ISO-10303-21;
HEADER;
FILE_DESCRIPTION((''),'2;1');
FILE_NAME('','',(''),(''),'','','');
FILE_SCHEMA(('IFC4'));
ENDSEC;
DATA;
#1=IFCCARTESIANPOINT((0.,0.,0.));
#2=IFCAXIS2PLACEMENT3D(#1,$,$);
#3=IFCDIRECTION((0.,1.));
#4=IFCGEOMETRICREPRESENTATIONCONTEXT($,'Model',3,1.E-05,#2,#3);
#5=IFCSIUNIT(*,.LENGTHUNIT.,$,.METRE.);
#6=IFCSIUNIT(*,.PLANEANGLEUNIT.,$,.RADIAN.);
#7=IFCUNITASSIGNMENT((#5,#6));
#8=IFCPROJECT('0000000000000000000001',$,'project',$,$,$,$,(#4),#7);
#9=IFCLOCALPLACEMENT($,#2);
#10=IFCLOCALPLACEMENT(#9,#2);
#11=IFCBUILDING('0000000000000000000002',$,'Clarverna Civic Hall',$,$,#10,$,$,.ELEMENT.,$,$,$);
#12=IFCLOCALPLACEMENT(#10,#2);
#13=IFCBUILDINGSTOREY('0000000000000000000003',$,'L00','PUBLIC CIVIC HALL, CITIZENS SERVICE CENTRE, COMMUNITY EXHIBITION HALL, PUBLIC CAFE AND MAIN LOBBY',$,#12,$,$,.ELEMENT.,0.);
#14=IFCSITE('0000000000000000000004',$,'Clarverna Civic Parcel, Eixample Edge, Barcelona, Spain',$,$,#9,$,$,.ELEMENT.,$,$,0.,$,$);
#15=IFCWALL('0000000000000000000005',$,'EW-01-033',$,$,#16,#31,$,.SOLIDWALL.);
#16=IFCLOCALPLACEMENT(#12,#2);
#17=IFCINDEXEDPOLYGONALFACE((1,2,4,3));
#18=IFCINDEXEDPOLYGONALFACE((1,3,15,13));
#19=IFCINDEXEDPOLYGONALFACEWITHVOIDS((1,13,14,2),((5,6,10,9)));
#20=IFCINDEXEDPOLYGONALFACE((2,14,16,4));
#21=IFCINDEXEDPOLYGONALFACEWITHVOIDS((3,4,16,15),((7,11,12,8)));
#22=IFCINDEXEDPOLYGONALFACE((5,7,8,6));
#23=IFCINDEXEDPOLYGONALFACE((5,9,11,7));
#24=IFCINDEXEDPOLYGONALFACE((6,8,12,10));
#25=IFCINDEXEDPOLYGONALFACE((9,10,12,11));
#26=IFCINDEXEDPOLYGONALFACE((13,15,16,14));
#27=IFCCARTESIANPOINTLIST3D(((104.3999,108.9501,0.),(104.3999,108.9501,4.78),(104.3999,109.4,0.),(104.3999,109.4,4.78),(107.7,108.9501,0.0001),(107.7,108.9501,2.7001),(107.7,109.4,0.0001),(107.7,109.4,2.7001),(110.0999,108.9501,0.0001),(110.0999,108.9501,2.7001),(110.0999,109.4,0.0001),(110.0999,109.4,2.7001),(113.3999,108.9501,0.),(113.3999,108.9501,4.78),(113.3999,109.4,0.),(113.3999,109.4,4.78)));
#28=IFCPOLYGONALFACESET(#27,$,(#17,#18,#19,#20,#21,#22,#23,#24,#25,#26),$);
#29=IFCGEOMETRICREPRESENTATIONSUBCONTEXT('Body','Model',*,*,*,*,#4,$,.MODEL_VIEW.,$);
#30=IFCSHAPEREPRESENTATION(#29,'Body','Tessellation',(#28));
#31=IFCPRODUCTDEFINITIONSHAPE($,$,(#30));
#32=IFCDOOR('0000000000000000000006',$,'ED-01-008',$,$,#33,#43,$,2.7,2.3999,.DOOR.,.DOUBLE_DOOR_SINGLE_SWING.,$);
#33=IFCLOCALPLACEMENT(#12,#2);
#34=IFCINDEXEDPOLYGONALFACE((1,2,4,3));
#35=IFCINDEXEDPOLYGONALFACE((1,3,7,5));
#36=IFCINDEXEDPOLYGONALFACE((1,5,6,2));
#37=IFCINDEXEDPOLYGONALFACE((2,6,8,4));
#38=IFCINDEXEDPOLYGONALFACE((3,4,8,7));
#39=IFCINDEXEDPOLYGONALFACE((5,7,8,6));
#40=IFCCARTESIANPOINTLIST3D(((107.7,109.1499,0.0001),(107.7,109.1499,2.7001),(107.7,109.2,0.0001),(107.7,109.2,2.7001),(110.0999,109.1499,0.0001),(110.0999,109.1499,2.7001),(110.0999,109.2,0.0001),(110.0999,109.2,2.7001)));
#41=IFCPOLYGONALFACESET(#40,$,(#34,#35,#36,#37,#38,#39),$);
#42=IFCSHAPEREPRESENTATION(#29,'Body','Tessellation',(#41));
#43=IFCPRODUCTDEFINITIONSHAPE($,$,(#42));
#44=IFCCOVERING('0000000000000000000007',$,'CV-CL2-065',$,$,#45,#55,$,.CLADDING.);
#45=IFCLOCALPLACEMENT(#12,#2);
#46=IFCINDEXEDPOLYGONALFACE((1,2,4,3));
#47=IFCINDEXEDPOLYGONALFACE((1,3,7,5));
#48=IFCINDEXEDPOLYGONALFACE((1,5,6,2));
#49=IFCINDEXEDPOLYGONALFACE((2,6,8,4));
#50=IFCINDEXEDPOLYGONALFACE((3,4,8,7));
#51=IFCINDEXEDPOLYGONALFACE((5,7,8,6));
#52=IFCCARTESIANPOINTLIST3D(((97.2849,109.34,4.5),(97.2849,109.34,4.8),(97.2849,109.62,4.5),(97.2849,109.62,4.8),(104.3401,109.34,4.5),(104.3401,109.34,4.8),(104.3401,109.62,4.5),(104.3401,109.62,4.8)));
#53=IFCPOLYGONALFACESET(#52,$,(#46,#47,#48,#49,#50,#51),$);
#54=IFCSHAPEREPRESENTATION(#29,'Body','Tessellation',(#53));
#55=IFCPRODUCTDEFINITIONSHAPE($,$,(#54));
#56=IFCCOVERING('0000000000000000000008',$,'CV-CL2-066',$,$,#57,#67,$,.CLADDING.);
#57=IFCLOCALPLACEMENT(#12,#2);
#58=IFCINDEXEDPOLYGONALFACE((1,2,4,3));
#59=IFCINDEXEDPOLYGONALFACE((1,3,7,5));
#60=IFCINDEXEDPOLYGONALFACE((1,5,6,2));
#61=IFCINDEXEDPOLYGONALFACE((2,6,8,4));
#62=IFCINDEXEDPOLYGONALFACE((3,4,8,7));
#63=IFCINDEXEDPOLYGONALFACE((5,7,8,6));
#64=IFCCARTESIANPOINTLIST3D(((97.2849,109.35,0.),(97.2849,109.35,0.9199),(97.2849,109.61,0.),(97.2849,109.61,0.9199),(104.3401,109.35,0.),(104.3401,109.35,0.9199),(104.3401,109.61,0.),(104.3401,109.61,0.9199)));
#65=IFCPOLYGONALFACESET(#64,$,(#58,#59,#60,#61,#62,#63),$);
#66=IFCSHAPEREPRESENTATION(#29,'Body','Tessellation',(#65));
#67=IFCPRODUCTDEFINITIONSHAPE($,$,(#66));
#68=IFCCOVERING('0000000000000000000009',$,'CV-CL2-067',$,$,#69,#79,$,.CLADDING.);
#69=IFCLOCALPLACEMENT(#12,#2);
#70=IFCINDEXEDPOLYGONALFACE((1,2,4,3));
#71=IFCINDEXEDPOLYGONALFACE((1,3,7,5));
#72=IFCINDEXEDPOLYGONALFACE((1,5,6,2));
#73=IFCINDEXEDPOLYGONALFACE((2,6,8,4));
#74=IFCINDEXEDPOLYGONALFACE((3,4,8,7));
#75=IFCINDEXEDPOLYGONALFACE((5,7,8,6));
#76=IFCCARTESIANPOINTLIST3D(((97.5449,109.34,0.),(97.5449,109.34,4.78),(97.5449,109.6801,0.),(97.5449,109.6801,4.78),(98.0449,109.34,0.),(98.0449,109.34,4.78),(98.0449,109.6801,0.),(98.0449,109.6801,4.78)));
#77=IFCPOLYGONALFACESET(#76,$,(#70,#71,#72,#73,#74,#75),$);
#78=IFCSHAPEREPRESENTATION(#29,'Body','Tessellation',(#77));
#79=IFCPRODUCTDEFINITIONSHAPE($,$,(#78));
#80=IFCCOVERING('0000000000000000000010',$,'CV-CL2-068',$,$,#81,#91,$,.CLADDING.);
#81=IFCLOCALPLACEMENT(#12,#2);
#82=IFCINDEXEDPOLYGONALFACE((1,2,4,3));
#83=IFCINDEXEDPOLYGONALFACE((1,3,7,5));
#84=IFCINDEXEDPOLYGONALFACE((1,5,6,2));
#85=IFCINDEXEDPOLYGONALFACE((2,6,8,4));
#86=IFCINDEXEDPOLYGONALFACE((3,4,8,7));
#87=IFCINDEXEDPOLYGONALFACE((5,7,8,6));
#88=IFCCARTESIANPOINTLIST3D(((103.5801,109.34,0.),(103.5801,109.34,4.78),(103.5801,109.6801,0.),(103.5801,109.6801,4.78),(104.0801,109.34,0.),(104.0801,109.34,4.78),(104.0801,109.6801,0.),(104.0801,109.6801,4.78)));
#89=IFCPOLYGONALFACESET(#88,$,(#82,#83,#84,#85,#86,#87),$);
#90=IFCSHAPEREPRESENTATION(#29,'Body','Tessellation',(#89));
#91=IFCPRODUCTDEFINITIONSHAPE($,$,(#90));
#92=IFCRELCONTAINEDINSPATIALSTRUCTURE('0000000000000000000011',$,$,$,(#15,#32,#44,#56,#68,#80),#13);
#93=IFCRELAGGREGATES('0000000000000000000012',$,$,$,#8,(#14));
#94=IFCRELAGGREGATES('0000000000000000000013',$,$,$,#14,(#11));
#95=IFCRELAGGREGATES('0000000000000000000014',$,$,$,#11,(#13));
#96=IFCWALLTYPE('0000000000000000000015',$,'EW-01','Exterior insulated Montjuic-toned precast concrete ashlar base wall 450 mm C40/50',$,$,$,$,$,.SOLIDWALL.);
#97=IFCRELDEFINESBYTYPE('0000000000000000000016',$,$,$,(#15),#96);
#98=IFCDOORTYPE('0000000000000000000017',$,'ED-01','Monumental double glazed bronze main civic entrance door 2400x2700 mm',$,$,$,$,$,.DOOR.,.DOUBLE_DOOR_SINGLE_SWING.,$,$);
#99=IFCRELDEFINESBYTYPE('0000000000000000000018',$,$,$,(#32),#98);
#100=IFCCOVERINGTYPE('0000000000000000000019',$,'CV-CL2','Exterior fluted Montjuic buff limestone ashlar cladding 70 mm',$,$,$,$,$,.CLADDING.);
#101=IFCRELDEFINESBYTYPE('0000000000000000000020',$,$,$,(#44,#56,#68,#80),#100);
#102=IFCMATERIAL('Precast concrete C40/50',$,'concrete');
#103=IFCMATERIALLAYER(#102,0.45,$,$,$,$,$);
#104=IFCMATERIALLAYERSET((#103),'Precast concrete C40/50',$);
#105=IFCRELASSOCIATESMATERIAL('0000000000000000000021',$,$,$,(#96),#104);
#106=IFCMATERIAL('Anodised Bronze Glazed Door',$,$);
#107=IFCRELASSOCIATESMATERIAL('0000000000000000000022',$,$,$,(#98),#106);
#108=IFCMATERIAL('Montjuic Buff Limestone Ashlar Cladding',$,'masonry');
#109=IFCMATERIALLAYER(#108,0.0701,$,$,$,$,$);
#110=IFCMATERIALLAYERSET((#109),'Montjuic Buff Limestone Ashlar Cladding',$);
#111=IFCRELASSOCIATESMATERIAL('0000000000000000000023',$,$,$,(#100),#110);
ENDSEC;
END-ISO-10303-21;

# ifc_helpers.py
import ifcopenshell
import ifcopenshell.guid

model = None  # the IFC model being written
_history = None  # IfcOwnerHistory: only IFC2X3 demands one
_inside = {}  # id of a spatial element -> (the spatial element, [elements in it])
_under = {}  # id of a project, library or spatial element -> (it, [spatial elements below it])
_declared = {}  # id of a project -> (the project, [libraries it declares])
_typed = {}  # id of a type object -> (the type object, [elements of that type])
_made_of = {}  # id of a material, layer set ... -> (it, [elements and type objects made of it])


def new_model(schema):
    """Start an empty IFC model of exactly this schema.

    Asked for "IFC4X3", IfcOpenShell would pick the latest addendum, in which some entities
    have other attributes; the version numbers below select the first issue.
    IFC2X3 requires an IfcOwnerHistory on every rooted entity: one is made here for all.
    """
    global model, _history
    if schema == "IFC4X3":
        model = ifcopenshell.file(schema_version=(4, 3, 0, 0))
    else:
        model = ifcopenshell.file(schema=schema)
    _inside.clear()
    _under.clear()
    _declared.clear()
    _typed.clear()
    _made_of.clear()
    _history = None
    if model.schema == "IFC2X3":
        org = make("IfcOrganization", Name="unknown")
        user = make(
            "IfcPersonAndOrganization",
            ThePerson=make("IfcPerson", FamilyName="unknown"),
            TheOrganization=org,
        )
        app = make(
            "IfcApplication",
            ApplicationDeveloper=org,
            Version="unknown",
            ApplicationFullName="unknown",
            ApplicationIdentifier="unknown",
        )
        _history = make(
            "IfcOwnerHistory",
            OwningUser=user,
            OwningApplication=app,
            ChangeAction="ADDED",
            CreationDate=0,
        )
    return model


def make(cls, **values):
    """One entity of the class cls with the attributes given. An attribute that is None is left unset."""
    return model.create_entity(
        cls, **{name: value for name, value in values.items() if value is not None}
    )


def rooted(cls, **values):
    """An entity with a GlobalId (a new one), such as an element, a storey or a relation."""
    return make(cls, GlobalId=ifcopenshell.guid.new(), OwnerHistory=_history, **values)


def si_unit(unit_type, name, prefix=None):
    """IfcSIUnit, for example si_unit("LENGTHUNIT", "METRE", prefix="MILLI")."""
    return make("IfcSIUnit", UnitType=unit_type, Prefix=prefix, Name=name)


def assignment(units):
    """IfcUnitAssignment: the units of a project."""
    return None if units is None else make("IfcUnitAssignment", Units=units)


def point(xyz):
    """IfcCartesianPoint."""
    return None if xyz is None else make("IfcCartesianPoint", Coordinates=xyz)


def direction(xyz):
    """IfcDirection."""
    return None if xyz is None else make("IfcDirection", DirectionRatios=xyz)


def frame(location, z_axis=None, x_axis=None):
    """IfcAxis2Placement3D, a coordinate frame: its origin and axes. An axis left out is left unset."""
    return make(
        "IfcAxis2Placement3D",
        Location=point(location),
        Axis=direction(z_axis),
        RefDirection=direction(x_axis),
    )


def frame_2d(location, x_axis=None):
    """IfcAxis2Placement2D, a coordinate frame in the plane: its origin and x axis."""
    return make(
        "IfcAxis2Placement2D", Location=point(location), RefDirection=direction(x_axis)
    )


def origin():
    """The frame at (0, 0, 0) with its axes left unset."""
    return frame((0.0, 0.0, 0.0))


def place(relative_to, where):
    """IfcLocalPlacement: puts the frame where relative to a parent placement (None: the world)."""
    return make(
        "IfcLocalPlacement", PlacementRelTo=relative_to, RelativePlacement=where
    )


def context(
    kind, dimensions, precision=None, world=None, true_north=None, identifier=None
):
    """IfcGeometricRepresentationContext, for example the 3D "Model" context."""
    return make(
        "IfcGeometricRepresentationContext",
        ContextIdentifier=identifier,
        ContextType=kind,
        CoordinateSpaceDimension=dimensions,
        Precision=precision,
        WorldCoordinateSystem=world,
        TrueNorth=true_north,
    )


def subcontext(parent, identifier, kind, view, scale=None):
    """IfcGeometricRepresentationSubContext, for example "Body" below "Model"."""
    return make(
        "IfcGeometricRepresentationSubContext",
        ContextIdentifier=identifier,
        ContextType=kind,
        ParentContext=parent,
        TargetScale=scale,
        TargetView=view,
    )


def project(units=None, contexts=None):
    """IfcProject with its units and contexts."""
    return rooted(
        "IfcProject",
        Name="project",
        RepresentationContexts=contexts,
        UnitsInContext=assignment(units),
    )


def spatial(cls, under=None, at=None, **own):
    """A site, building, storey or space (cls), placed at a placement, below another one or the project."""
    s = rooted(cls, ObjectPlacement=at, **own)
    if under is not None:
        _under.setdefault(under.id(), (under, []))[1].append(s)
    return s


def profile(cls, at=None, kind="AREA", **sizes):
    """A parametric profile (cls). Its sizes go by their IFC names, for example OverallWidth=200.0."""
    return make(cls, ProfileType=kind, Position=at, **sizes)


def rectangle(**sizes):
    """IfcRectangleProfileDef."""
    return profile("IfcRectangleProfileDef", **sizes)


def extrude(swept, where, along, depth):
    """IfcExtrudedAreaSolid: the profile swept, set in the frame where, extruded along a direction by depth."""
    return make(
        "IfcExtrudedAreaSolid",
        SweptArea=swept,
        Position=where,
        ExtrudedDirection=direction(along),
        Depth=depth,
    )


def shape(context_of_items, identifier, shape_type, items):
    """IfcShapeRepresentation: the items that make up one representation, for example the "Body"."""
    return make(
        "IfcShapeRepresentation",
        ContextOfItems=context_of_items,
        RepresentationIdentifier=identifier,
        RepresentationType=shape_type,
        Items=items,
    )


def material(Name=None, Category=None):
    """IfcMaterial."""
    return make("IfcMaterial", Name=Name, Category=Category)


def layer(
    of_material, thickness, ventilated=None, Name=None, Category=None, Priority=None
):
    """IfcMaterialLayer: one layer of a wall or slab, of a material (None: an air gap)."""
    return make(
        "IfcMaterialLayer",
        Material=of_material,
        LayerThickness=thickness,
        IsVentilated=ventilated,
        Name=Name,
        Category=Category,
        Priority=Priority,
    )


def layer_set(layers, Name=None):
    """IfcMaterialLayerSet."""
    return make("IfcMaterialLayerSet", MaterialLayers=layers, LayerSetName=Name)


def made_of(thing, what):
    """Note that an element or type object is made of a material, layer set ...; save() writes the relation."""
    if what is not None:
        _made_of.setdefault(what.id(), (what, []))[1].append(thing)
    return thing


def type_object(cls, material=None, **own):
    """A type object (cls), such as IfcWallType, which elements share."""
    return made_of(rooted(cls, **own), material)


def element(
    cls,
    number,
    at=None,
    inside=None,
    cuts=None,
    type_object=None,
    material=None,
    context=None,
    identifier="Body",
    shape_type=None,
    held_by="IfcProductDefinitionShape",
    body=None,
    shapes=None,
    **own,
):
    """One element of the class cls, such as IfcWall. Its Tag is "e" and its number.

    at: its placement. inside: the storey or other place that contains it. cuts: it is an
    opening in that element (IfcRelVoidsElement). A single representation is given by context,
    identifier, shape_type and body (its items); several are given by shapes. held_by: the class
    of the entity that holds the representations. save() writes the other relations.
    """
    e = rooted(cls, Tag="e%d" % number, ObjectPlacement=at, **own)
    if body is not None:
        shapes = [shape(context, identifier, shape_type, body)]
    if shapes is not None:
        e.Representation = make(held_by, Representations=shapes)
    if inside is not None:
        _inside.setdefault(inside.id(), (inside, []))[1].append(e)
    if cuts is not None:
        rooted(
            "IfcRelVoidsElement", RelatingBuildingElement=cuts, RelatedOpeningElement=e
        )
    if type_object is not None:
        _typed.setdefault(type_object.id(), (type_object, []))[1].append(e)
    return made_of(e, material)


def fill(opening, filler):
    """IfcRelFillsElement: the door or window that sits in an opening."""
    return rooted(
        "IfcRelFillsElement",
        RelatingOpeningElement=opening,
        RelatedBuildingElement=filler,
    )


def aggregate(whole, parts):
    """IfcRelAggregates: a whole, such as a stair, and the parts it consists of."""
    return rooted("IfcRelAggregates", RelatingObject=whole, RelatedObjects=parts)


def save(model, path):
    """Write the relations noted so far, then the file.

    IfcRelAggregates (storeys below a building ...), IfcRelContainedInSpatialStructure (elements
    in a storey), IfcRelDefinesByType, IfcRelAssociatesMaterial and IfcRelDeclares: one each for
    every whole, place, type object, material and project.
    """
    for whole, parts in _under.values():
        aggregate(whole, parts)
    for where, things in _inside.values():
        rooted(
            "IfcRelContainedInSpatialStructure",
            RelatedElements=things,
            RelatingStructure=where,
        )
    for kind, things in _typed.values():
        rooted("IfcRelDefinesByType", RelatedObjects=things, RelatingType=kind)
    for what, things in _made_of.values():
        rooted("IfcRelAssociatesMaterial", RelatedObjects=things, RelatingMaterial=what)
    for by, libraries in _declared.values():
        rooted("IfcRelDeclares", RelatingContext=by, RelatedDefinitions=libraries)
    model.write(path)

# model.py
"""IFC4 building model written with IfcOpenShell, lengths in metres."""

from ifc_helpers import new_model, si_unit, direction, frame, frame_2d, origin, place, context, subcontext, project, spatial, rectangle, extrude, material, layer, layer_set, type_object, element, fill, save


model = new_model("IFC4")

# Units and contexts
model_context = context("Model", 3, precision=1e-05, world=origin(), true_north=direction((0.0, 1.0)))
body_context = subcontext(model_context, "Body", "Model", "MODEL_VIEW")
ifc_project = project(units=[si_unit("LENGTHUNIT", "METRE"), si_unit("PLANEANGLEUNIT", "RADIAN")], contexts=[model_context])

# Site, building, storey
site_placement = place(None, origin())
site = spatial("IfcSite", under=ifc_project, at=site_placement, Name="Clarverna Civic Parcel, Eixample Edge, Barcelona, Spain", CompositionType="ELEMENT", RefElevation=0.0)
building_placement = place(site_placement, origin())
building = spatial("IfcBuilding", under=site, at=building_placement, Name="Clarverna Civic Hall", CompositionType="ELEMENT")
storey_placement = place(building_placement, origin())
storey = spatial("IfcBuildingStorey", under=building, at=storey_placement, Name="L00", Description="PUBLIC CIVIC HALL, CITIZENS SERVICE CENTRE, COMMUNITY EXHIBITION HALL, PUBLIC CAFE AND MAIN LOBBY", CompositionType="ELEMENT", Elevation=0.0)

# Shared definitions
ifc_material_1 = material(Name="Precast concrete C40/50", Category="concrete")
ifc_layer_1 = layer(ifc_material_1, 0.45)
ifc_layer_set_1 = layer_set([ifc_layer_1], Name="Precast concrete C40/50")
wall_type = type_object("IfcWallType", Name="EW-01", Description="Exterior insulated Montjuic-toned precast concrete ashlar base wall 450 mm C40/50", PredefinedType="SOLIDWALL", material=ifc_layer_set_1)

# Wall, opening, door
wall_1_placement = place(storey_placement, frame((104.3999, 109.175, 0.0), z_axis=(0.0, 0.0, 1.0), x_axis=(1.0, 0.0, 0.0)))
wall_1 = element("IfcWall", 1, at=wall_1_placement, inside=storey, type_object=wall_type, Name="EW-01-033", PredefinedType="SOLIDWALL", context=body_context, shape_type="SweptSolid", body=[
    extrude(rectangle(XDim=9.0, YDim=0.45, at=frame_2d((4.5, 0.0))), origin(), (0.0, 0.0, 1.0), 4.78),
])
opening_1_placement = place(wall_1_placement, frame((3.3, 0.0, 0.0)))
opening_1 = element("IfcOpeningElement", 2, at=opening_1_placement, cuts=wall_1, PredefinedType="OPENING", context=body_context, shape_type="SweptSolid", body=[
    extrude(rectangle(XDim=2.3999, YDim=2.7, at=frame_2d((1.2, 1.3501))), frame((0.0, 0.2349, 0.0), z_axis=(0.0, -1.0, 0.0), x_axis=(1.0, 0.0, 0.0)), (0.0, 0.0, 1.0), 0.47),
])
ifc_material_2 = material(Name="Anodised Bronze Glazed Door")
door_type = type_object("IfcDoorType", Name="ED-01", Description="Monumental double glazed bronze main civic entrance door 2400x2700 mm", OperationType="DOUBLE_DOOR_SINGLE_SWING", PredefinedType="DOOR", material=ifc_material_2)
door_placement = place(opening_1_placement, origin())
door = element("IfcDoor", 3, at=door_placement, inside=storey, type_object=door_type, Name="ED-01-008", OperationType="DOUBLE_DOOR_SINGLE_SWING", OverallHeight=2.7, OverallWidth=2.3999, PredefinedType="DOOR", context=body_context, shape_type="SweptSolid", body=[
    extrude(rectangle(XDim=2.3999, YDim=2.7, at=frame_2d((1.2, 1.3501))), frame((0.0, 0.0249, 0.0), z_axis=(0.0, -1.0, 0.0), x_axis=(1.0, 0.0, 0.0)), (0.0, 0.0, 1.0), 0.05),
])
fill(opening_1, door)

# Coverings
ifc_material_3 = material(Name="Montjuic Buff Limestone Ashlar Cladding", Category="masonry")
ifc_layer_2 = layer(ifc_material_3, 0.0701)
ifc_layer_set_2 = layer_set([ifc_layer_2], Name="Montjuic Buff Limestone Ashlar Cladding")
covering_type = type_object("IfcCoveringType", Name="CV-CL2", Description="Exterior fluted Montjuic buff limestone ashlar cladding 70 mm", PredefinedType="CLADDING", material=ifc_layer_set_2)
covering_1_placement = place(storey_placement, frame((97.2849, 109.48, 4.5), z_axis=(0.0, 0.0, 1.0), x_axis=(1.0, 0.0, 0.0)))
element("IfcCovering", 4, at=covering_1_placement, inside=storey, type_object=covering_type, Name="CV-CL2-065", PredefinedType="CLADDING", context=body_context, shape_type="SweptSolid", body=[
    extrude(rectangle(XDim=7.0552, YDim=0.28, at=frame_2d((3.5276, 0.0))), origin(), (0.0, 0.0, 1.0), 0.3),
])
covering_2_placement = place(storey_placement, frame((97.2849, 109.48, 0.0), z_axis=(0.0, 0.0, 1.0), x_axis=(1.0, 0.0, 0.0)))
element("IfcCovering", 5, at=covering_2_placement, inside=storey, type_object=covering_type, Name="CV-CL2-066", PredefinedType="CLADDING", context=body_context, shape_type="SweptSolid", body=[
    extrude(rectangle(XDim=7.0552, YDim=0.26, at=frame_2d((3.5276, 0.0))), origin(), (0.0, 0.0, 1.0), 0.9199),
])
for number, where, z_axis, x_axis, name in (
    (6, (97.5449, 109.51, 0.0), (0.0, 0.0, 1.0), (1.0, 0.0, 0.0), "CV-CL2-067"),
    (7, (103.5801, 109.51, 0.0), (0.0, 0.0, 1.0), (1.0, 0.0, 0.0), "CV-CL2-068"),
):
    element("IfcCovering", number, at=place(storey_placement, frame(where, z_axis=z_axis, x_axis=x_axis)), inside=storey, type_object=covering_type, Name=name, PredefinedType="CLADDING", context=body_context, shape_type="SweptSolid", body=[
        extrude(rectangle(XDim=0.5, YDim=0.3401, at=frame_2d((0.25, 0.0))), origin(), (0.0, 0.0, 1.0), 4.78),
    ])

save(model, "model.ifc")
